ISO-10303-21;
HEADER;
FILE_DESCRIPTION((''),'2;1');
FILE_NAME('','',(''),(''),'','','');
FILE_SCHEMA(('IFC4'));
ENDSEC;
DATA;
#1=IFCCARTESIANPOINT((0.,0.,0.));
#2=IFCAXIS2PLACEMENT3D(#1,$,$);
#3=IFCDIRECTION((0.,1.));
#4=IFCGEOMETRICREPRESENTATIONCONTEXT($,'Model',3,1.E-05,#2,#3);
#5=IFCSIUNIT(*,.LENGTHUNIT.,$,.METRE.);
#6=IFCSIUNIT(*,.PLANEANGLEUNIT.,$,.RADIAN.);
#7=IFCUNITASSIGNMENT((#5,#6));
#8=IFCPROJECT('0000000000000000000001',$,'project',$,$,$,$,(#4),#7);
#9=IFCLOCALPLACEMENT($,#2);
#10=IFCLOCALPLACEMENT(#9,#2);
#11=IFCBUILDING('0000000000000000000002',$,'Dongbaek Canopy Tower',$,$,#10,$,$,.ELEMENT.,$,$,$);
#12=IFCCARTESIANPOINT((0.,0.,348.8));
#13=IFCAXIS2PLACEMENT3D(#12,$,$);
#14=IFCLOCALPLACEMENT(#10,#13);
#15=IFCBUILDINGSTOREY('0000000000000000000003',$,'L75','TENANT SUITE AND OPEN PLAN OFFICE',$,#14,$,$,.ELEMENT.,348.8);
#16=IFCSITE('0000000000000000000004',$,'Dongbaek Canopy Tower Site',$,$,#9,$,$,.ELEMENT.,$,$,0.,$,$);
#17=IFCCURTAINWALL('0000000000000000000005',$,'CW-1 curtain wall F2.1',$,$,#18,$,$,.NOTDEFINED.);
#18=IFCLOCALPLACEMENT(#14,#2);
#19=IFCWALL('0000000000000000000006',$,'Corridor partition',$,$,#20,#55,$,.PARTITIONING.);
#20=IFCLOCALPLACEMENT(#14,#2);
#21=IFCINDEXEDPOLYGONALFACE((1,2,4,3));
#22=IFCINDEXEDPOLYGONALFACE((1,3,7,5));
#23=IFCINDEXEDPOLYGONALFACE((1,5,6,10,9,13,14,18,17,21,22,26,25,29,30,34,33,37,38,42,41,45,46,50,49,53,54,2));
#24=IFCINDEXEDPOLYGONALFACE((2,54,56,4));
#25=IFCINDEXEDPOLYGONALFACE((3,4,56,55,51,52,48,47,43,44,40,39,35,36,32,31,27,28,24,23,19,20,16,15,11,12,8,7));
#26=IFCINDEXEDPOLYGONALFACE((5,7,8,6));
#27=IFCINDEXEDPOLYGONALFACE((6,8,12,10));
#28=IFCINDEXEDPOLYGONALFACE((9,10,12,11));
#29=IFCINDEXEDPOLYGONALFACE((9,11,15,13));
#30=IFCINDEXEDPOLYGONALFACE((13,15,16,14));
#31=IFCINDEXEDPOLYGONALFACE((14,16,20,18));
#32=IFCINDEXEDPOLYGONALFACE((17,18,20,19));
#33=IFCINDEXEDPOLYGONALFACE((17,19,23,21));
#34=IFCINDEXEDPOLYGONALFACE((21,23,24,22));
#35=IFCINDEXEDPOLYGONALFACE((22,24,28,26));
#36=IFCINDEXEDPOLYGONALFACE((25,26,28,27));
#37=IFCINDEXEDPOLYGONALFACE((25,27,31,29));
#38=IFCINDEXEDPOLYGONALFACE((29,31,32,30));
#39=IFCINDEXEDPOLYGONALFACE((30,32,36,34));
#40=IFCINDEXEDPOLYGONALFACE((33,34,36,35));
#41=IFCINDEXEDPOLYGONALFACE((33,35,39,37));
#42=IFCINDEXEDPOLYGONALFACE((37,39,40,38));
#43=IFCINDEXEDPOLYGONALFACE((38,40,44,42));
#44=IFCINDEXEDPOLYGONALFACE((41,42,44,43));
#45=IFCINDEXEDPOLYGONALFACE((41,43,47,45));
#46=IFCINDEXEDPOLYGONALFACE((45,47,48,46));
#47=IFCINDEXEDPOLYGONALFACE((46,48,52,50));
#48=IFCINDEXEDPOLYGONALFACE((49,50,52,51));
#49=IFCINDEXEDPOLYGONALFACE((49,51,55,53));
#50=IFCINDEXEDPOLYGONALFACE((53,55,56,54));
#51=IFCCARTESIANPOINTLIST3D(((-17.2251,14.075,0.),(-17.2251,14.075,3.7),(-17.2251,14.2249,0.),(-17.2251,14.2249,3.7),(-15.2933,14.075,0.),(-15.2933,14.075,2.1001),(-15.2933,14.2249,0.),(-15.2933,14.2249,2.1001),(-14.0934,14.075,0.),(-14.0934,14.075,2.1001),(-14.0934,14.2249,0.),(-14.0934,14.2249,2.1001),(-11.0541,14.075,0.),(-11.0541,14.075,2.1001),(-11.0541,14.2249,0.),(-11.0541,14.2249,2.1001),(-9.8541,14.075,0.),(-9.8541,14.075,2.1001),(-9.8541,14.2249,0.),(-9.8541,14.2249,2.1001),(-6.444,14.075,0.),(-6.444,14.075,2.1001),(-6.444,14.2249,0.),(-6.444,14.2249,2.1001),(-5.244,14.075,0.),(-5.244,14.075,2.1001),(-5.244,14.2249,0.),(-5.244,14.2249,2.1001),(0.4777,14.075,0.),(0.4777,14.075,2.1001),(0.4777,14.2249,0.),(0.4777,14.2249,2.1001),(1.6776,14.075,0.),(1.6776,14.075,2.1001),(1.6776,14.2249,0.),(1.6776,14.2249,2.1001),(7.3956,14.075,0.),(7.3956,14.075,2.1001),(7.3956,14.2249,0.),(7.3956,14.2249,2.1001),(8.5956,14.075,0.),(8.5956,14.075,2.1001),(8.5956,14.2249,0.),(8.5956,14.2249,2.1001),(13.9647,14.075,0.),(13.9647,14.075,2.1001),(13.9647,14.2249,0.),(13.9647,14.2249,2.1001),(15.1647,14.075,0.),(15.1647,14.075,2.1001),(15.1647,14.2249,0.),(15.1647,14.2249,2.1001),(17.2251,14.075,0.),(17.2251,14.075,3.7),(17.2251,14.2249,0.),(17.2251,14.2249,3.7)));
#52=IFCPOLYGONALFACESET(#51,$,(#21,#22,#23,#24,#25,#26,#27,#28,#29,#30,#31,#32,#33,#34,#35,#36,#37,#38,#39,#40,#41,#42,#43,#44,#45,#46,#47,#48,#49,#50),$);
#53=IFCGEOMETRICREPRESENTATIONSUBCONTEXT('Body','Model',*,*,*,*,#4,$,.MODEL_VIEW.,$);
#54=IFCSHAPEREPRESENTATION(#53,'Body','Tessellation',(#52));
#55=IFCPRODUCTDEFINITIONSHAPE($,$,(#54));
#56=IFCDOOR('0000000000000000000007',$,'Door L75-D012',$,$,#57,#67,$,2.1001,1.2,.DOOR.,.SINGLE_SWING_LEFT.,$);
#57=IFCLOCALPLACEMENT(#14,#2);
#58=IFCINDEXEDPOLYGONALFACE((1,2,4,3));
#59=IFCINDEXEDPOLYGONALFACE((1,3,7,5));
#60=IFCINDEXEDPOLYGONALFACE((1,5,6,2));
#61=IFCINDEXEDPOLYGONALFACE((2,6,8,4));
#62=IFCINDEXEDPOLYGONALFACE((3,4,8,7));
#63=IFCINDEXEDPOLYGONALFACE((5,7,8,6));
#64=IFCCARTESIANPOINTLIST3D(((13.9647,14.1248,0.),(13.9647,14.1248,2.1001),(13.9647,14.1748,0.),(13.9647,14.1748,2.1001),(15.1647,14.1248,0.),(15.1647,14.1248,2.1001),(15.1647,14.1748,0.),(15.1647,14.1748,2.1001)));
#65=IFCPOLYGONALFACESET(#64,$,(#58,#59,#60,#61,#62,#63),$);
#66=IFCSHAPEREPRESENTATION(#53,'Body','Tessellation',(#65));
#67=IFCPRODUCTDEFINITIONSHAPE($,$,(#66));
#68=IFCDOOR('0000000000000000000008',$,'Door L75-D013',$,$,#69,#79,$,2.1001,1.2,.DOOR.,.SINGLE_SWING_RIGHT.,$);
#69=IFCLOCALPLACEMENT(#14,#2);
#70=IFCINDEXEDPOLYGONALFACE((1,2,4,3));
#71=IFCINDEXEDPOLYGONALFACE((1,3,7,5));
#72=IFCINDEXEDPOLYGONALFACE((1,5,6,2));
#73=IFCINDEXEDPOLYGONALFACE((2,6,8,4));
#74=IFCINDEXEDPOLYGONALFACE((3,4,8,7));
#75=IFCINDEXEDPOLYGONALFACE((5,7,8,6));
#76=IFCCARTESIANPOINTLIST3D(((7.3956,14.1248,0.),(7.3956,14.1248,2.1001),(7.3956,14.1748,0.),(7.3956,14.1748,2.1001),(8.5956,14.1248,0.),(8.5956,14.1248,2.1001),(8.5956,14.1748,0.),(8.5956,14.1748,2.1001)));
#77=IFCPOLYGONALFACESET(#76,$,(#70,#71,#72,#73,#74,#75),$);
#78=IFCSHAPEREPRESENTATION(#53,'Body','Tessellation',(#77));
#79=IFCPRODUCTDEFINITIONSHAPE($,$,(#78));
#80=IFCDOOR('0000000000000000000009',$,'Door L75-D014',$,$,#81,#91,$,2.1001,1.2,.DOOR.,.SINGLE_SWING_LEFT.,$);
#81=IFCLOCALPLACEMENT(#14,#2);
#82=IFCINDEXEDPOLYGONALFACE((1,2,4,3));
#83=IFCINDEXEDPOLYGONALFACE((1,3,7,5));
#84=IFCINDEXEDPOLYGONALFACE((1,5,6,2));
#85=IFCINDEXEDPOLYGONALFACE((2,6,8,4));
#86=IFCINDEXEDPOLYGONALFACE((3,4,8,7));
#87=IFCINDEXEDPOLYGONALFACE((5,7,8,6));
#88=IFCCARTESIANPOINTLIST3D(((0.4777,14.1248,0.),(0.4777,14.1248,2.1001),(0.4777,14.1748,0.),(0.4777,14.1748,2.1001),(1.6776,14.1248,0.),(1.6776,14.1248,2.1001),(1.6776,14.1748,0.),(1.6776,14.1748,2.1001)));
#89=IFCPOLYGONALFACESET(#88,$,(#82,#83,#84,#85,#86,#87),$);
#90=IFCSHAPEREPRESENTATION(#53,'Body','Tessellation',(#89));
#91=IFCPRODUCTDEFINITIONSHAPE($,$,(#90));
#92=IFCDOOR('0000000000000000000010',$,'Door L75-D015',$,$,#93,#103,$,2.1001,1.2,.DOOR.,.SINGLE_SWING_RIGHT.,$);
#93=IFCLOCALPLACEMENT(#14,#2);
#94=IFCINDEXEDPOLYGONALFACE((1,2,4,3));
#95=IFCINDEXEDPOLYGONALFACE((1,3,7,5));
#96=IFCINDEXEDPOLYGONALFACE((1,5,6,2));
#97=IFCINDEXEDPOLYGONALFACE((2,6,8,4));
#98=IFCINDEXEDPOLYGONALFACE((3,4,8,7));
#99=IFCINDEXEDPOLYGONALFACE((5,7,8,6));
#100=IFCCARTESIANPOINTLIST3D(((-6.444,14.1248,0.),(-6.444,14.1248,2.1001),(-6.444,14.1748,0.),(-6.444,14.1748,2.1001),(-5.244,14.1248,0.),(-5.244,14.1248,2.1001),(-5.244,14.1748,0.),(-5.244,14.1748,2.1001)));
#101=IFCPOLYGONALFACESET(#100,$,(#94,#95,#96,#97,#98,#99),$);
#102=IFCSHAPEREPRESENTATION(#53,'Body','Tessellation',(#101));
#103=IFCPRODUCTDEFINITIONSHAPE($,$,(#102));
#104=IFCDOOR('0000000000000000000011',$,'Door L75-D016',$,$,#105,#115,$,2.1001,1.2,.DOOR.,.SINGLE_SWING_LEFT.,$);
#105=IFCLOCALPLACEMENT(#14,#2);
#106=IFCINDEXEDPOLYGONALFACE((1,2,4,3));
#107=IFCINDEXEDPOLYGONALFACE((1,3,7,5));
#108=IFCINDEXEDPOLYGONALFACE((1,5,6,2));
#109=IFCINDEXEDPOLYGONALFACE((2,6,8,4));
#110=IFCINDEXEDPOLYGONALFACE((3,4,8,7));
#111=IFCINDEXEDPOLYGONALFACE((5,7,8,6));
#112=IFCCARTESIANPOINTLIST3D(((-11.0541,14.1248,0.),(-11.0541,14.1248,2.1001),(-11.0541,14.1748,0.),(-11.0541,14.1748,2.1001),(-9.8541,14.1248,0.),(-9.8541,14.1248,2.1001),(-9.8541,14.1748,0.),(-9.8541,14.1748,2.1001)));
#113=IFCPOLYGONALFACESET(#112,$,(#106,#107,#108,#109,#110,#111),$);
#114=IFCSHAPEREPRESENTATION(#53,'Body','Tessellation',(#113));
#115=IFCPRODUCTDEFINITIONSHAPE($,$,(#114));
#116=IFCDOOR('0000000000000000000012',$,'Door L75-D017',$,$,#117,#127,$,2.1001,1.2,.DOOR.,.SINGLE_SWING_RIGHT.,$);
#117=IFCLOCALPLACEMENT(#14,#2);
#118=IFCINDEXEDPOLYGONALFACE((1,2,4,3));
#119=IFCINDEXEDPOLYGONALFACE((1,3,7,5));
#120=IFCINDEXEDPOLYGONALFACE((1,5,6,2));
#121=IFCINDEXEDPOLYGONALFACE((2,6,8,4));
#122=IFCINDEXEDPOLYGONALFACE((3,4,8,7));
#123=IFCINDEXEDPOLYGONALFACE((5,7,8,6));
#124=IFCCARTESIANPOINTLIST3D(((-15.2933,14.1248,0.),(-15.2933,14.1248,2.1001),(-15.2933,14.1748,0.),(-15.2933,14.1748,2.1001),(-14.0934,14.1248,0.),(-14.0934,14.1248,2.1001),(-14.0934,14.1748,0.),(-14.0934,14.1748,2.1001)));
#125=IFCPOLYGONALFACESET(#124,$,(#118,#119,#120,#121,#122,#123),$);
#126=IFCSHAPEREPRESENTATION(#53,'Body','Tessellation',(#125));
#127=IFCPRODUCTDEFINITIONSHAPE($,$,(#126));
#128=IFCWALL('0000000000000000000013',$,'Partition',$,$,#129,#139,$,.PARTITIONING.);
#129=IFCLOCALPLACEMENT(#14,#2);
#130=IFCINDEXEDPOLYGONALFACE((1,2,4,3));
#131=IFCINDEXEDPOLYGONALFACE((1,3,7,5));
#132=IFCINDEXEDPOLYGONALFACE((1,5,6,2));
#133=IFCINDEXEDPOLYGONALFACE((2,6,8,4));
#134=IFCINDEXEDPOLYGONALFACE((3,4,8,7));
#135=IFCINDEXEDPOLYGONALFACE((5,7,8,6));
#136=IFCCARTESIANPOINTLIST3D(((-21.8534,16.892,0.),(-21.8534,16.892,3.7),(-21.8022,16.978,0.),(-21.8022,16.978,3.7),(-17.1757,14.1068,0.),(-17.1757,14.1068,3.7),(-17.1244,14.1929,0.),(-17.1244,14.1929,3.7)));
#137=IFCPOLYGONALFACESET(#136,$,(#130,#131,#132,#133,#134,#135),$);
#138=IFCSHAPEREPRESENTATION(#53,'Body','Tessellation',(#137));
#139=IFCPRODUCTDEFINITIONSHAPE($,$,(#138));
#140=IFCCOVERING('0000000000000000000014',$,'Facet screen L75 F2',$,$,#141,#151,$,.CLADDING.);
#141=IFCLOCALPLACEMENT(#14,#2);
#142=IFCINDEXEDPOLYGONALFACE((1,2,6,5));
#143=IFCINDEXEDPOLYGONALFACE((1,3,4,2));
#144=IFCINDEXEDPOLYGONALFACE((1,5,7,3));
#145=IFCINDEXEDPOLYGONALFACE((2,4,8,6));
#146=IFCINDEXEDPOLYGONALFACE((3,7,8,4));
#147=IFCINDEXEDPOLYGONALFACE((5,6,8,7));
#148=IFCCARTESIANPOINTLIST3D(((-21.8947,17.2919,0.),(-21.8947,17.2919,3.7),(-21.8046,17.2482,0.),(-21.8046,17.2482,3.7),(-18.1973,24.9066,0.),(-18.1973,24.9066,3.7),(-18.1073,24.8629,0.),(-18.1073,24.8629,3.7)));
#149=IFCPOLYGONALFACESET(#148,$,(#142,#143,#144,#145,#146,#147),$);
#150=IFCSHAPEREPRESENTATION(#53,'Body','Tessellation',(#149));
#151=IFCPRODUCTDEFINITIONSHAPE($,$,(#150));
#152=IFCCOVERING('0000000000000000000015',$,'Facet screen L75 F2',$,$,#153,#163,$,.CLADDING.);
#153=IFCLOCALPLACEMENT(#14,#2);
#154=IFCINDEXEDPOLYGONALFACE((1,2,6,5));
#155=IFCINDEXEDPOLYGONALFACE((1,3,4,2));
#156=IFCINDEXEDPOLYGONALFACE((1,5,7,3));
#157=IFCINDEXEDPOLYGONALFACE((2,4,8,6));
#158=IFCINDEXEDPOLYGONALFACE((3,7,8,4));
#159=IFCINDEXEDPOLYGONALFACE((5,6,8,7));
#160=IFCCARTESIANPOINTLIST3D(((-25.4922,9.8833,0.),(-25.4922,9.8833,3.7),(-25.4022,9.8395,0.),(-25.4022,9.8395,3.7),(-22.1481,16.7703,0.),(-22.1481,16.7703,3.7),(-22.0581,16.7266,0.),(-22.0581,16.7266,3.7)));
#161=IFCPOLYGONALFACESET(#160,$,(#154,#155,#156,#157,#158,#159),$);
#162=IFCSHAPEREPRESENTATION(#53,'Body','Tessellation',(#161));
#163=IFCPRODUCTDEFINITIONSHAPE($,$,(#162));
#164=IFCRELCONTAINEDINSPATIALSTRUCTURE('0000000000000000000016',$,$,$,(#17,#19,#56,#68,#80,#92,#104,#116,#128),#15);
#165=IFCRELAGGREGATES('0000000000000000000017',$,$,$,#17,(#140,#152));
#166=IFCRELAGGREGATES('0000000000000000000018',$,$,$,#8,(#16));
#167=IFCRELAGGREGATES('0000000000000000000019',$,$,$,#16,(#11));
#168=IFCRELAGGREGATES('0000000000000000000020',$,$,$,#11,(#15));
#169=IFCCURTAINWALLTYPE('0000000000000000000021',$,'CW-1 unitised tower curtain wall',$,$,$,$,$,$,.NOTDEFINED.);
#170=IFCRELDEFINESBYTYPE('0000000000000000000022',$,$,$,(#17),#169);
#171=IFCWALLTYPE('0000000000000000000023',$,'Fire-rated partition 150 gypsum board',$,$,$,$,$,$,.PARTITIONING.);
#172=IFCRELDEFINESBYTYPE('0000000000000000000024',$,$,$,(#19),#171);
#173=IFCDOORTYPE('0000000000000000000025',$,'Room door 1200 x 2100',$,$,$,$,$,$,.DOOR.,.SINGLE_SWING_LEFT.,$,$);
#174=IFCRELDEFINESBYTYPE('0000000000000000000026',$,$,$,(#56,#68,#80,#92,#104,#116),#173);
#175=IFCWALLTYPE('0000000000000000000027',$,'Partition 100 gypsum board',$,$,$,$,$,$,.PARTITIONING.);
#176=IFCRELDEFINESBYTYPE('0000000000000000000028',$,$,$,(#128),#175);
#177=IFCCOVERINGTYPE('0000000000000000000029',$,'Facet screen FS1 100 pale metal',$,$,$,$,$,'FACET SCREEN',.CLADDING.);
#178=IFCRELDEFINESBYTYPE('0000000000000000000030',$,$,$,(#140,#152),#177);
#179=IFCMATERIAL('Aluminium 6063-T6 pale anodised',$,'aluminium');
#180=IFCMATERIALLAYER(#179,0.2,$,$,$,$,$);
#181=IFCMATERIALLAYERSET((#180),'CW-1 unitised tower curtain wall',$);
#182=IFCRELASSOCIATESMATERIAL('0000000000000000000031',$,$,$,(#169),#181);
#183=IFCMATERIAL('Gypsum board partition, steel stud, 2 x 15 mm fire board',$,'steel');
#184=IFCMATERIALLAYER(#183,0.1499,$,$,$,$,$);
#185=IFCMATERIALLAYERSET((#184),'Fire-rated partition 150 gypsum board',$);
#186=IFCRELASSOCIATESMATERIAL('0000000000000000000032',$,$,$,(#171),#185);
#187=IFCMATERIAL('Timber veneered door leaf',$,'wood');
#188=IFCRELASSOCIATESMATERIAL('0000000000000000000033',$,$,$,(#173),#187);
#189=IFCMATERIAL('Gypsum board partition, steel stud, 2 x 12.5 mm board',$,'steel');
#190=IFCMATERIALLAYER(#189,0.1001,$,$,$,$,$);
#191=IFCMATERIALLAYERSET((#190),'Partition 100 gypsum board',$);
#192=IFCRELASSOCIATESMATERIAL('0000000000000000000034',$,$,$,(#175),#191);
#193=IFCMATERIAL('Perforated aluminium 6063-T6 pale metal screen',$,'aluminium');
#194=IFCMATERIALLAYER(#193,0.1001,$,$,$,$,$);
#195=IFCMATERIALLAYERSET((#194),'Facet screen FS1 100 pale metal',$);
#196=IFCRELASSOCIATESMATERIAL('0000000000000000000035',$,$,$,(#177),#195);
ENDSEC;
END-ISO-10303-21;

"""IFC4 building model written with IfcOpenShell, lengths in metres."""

from ifc_helpers import new_model, si_unit, direction, frame, frame_2d, origin, origin_2d, place, context, subcontext, project, spatial, rectangle, extrude, material, layer, layer_set, type_object, element, fill, aggregate, save


model = new_model("IFC4")

# Units and contexts
model_context = context("Model", 3, precision=1e-05, world=origin(), true_north=direction((0.0, 1.0)))
body_context = subcontext(model_context, "Body", "Model", "MODEL_VIEW")
ifc_project = project(units=[si_unit("LENGTHUNIT", "METRE"), si_unit("PLANEANGLEUNIT", "RADIAN")], contexts=[model_context])

# Site, building, storey
site_placement = place(None, origin())
site = spatial("IfcSite", under=ifc_project, at=site_placement, Name="Dongbaek Canopy Tower Site", CompositionType="ELEMENT", RefElevation=0.0)
building_placement = place(site_placement, origin())
building = spatial("IfcBuilding", under=site, at=building_placement, Name="Dongbaek Canopy Tower", CompositionType="ELEMENT")
storey_placement = place(building_placement, frame((0.0, 0.0, 348.8)))
storey = spatial("IfcBuildingStorey", under=building, at=storey_placement, Name="L75", Description="TENANT SUITE AND OPEN PLAN OFFICE", CompositionType="ELEMENT", Elevation=348.8)

# Curtain wall
ifc_material_1 = material(Name="Aluminium 6063-T6 pale anodised", Category="aluminium")
ifc_layer_1 = layer(ifc_material_1, 0.2)
ifc_layer_set_1 = layer_set([ifc_layer_1], Name="CW-1 unitised tower curtain wall")
curtain_wall_type = type_object("IfcCurtainWallType", Name="CW-1 unitised tower curtain wall", PredefinedType="NOTDEFINED", material=ifc_layer_set_1)
curtain_wall_1_placement = place(storey_placement, origin())
curtain_wall_1 = element("IfcCurtainWall", 1, at=curtain_wall_1_placement, inside=storey, type_object=curtain_wall_type, Name="CW-1 curtain wall F2.1", PredefinedType="NOTDEFINED")

# Wall, openings, doors
ifc_material_2 = material(Name="Gypsum board partition, steel stud, 2 x 15 mm fire board", Category="steel")
ifc_layer_2 = layer(ifc_material_2, 0.1499)
ifc_layer_set_2 = layer_set([ifc_layer_2], Name="Fire-rated partition 150 gypsum board")
wall_type_1 = type_object("IfcWallType", Name="Fire-rated partition 150 gypsum board", PredefinedType="PARTITIONING", material=ifc_layer_set_2)
wall_1_placement = place(storey_placement, frame((-17.2251, 14.1499, 0.0), z_axis=(0.0, 0.0, 1.0), x_axis=(1.0, 0.0, 0.0)))
wall_1 = element("IfcWall", 2, at=wall_1_placement, inside=storey, type_object=wall_type_1, Name="Corridor partition", PredefinedType="PARTITIONING", context=body_context, shape_type="SweptSolid", body=[
    extrude(rectangle(XDim=34.4502, YDim=0.1499, at=frame_2d((17.2251, 0.0))), origin(), (0.0, 0.0, 1.0), 3.7),
])
opening_1_placement = place(wall_1_placement, frame((31.1897, 0.0, 0.0)))
opening_1 = element("IfcOpeningElement", 3, at=opening_1_placement, cuts=wall_1, PredefinedType="OPENING", context=body_context, shape_type="SweptSolid", body=[
    extrude(rectangle(XDim=1.2, YDim=2.1001, at=frame_2d((0.6001, 1.05))), frame((0.0, 0.085, 0.0), z_axis=(0.0, -1.0, 0.0), x_axis=(1.0, 0.0, 0.0)), (0.0, 0.0, 1.0), 0.1699),
])
opening_2_placement = place(wall_1_placement, frame((24.6206, 0.0, 0.0)))
opening_2 = element("IfcOpeningElement", 4, at=opening_2_placement, cuts=wall_1, PredefinedType="OPENING", context=body_context, shape_type="SweptSolid", body=[
    extrude(rectangle(XDim=1.2, YDim=2.1001, at=frame_2d((0.6001, 1.05))), frame((0.0, 0.085, 0.0), z_axis=(0.0, -1.0, 0.0), x_axis=(1.0, 0.0, 0.0)), (0.0, 0.0, 1.0), 0.1699),
])
opening_3_placement = place(wall_1_placement, frame((17.7026, 0.0, 0.0)))
opening_3 = element("IfcOpeningElement", 5, at=opening_3_placement, cuts=wall_1, PredefinedType="OPENING", context=body_context, shape_type="SweptSolid", body=[
    extrude(rectangle(XDim=1.2, YDim=2.1001, at=frame_2d((0.6001, 1.05))), frame((0.0, 0.085, 0.0), z_axis=(0.0, -1.0, 0.0), x_axis=(1.0, 0.0, 0.0)), (0.0, 0.0, 1.0), 0.1699),
])
opening_4_placement = place(wall_1_placement, frame((10.781, 0.0, 0.0)))
opening_4 = element("IfcOpeningElement", 6, at=opening_4_placement, cuts=wall_1, PredefinedType="OPENING", context=body_context, shape_type="SweptSolid", body=[
    extrude(rectangle(XDim=1.2, YDim=2.1001, at=frame_2d((0.6001, 1.05))), frame((0.0, 0.085, 0.0), z_axis=(0.0, -1.0, 0.0), x_axis=(1.0, 0.0, 0.0)), (0.0, 0.0, 1.0), 0.1699),
])
opening_5_placement = place(wall_1_placement, frame((6.1709, 0.0, 0.0)))
opening_5 = element("IfcOpeningElement", 7, at=opening_5_placement, cuts=wall_1, PredefinedType="OPENING", context=body_context, shape_type="SweptSolid", body=[
    extrude(rectangle(XDim=1.2, YDim=2.1001, at=frame_2d((0.6001, 1.05))), frame((0.0, 0.085, 0.0), z_axis=(0.0, -1.0, 0.0), x_axis=(1.0, 0.0, 0.0)), (0.0, 0.0, 1.0), 0.1699),
])
opening_6_placement = place(wall_1_placement, frame((1.9316, 0.0, 0.0)))
opening_6 = element("IfcOpeningElement", 8, at=opening_6_placement, cuts=wall_1, PredefinedType="OPENING", context=body_context, shape_type="SweptSolid", body=[
    extrude(rectangle(XDim=1.2, YDim=2.1001, at=frame_2d((0.6001, 1.05))), frame((0.0, 0.085, 0.0), z_axis=(0.0, -1.0, 0.0), x_axis=(1.0, 0.0, 0.0)), (0.0, 0.0, 1.0), 0.1699),
])
ifc_material_3 = material(Name="Timber veneered door leaf", Category="wood")
door_type = type_object("IfcDoorType", Name="Room door 1200 x 2100", OperationType="SINGLE_SWING_LEFT", PredefinedType="DOOR", material=ifc_material_3)
door_1_placement = place(opening_1_placement, origin())
door_1 = element("IfcDoor", 9, at=door_1_placement, inside=storey, type_object=door_type, Name="Door L75-D012", OperationType="SINGLE_SWING_LEFT", OverallHeight=2.1001, OverallWidth=1.2, PredefinedType="DOOR", context=body_context, shape_type="SweptSolid", body=[
    extrude(rectangle(XDim=1.2, YDim=2.1001, at=frame_2d((0.6001, 1.05))), frame((0.0, 0.0249, 0.0), z_axis=(0.0, -1.0, 0.0), x_axis=(1.0, 0.0, 0.0)), (0.0, 0.0, 1.0), 0.05),
])
fill(opening_1, door_1)
door_2_placement = place(opening_2_placement, origin())
door_2 = element("IfcDoor", 10, at=door_2_placement, inside=storey, type_object=door_type, Name="Door L75-D013", OperationType="SINGLE_SWING_RIGHT", OverallHeight=2.1001, OverallWidth=1.2, PredefinedType="DOOR", context=body_context, shape_type="SweptSolid", body=[
    extrude(rectangle(XDim=1.2, YDim=2.1001, at=frame_2d((0.6001, 1.05))), frame((0.0, 0.0249, 0.0), z_axis=(0.0, -1.0, 0.0), x_axis=(1.0, 0.0, 0.0)), (0.0, 0.0, 1.0), 0.05),
])
fill(opening_2, door_2)
door_3_placement = place(opening_3_placement, origin())
door_3 = element("IfcDoor", 11, at=door_3_placement, inside=storey, type_object=door_type, Name="Door L75-D014", OperationType="SINGLE_SWING_LEFT", OverallHeight=2.1001, OverallWidth=1.2, PredefinedType="DOOR", context=body_context, shape_type="SweptSolid", body=[
    extrude(rectangle(XDim=1.2, YDim=2.1001, at=frame_2d((0.6001, 1.05))), frame((0.0, 0.0249, 0.0), z_axis=(0.0, -1.0, 0.0), x_axis=(1.0, 0.0, 0.0)), (0.0, 0.0, 1.0), 0.05),
])
fill(opening_3, door_3)
door_4_placement = place(opening_4_placement, origin())
door_4 = element("IfcDoor", 12, at=door_4_placement, inside=storey, type_object=door_type, Name="Door L75-D015", OperationType="SINGLE_SWING_RIGHT", OverallHeight=2.1001, OverallWidth=1.2, PredefinedType="DOOR", context=body_context, shape_type="SweptSolid", body=[
    extrude(rectangle(XDim=1.2, YDim=2.1001, at=frame_2d((0.6001, 1.05))), frame((0.0, 0.0249, 0.0), z_axis=(0.0, -1.0, 0.0), x_axis=(1.0, 0.0, 0.0)), (0.0, 0.0, 1.0), 0.05),
])
fill(opening_4, door_4)
door_5_placement = place(opening_5_placement, origin())
door_5 = element("IfcDoor", 13, at=door_5_placement, inside=storey, type_object=door_type, Name="Door L75-D016", OperationType="SINGLE_SWING_LEFT", OverallHeight=2.1001, OverallWidth=1.2, PredefinedType="DOOR", context=body_context, shape_type="SweptSolid", body=[
    extrude(rectangle(XDim=1.2, YDim=2.1001, at=frame_2d((0.6001, 1.05))), frame((0.0, 0.0249, 0.0), z_axis=(0.0, -1.0, 0.0), x_axis=(1.0, 0.0, 0.0)), (0.0, 0.0, 1.0), 0.05),
])
fill(opening_5, door_5)
door_6_placement = place(opening_6_placement, origin())
door_6 = element("IfcDoor", 14, at=door_6_placement, inside=storey, type_object=door_type, Name="Door L75-D017", OperationType="SINGLE_SWING_RIGHT", OverallHeight=2.1001, OverallWidth=1.2, PredefinedType="DOOR", context=body_context, shape_type="SweptSolid", body=[
    extrude(rectangle(XDim=1.2, YDim=2.1001, at=frame_2d((0.6001, 1.05))), frame((0.0, 0.0249, 0.0), z_axis=(0.0, -1.0, 0.0), x_axis=(1.0, 0.0, 0.0)), (0.0, 0.0, 1.0), 0.05),
])
fill(opening_6, door_6)

# Wall
ifc_material_4 = material(Name="Gypsum board partition, steel stud, 2 x 12.5 mm board", Category="steel")
ifc_layer_3 = layer(ifc_material_4, 0.1001)
ifc_layer_set_3 = layer_set([ifc_layer_3], Name="Partition 100 gypsum board")
wall_type_2 = type_object("IfcWallType", Name="Partition 100 gypsum board", PredefinedType="PARTITIONING", material=ifc_layer_set_3)
wall_2_placement = place(storey_placement, frame((-21.8279, 16.9351, 0.0), z_axis=(0.0, 0.0, 1.0), x_axis=(0.859229, -0.511591, 0.0)))
element("IfcWall", 15, at=wall_2_placement, inside=storey, type_object=wall_type_2, Name="Partition", PredefinedType="PARTITIONING", context=body_context, shape_type="SweptSolid", body=[
    extrude(rectangle(XDim=5.4441, YDim=0.1001, at=frame_2d((2.7222, 0.0))), origin(), (0.0, 0.0, 1.0), 3.7),
])

# Coverings
ifc_material_5 = material(Name="Perforated aluminium 6063-T6 pale metal screen", Category="aluminium")
ifc_layer_4 = layer(ifc_material_5, 0.1001)
ifc_layer_set_4 = layer_set([ifc_layer_4], Name="Facet screen FS1 100 pale metal")
covering_type_1 = type_object("IfcCoveringType", Name="Facet screen FS1 100 pale metal", ElementType="FACET SCREEN", PredefinedType="CLADDING", material=ifc_layer_set_4)
covering_1_placement = place(storey_placement, frame((-20.001, 21.0774, 0.0), z_axis=(0.0, 0.0, 1.0), x_axis=(-0.436791, -0.899563, 0.0)))
covering_1 = element("IfcCovering", 16, at=covering_1_placement, type_object=covering_type_1, Name="Facet screen L75 F2", PredefinedType="CLADDING", context=body_context, shape_type="SweptSolid", body=[
    extrude(rectangle(XDim=8.4648, YDim=0.1001, at=origin_2d()), origin(), (0.0, 0.0, 1.0), 3.7),
])
covering_2_placement = place(storey_placement, frame((-23.7751, 13.3049, 0.0), z_axis=(0.0, 0.0, 1.0), x_axis=(-0.436791, -0.899563, 0.0)))
covering_2 = element("IfcCovering", 17, at=covering_2_placement, type_object=covering_type_1, Name="Facet screen L75 F2", PredefinedType="CLADDING", context=body_context, shape_type="SweptSolid", body=[
    extrude(rectangle(XDim=7.656, YDim=0.1001, at=origin_2d()), origin(), (0.0, 0.0, 1.0), 3.7),
])
aggregate(curtain_wall_1, [covering_1, covering_2])

save(model, "model.ifc")
